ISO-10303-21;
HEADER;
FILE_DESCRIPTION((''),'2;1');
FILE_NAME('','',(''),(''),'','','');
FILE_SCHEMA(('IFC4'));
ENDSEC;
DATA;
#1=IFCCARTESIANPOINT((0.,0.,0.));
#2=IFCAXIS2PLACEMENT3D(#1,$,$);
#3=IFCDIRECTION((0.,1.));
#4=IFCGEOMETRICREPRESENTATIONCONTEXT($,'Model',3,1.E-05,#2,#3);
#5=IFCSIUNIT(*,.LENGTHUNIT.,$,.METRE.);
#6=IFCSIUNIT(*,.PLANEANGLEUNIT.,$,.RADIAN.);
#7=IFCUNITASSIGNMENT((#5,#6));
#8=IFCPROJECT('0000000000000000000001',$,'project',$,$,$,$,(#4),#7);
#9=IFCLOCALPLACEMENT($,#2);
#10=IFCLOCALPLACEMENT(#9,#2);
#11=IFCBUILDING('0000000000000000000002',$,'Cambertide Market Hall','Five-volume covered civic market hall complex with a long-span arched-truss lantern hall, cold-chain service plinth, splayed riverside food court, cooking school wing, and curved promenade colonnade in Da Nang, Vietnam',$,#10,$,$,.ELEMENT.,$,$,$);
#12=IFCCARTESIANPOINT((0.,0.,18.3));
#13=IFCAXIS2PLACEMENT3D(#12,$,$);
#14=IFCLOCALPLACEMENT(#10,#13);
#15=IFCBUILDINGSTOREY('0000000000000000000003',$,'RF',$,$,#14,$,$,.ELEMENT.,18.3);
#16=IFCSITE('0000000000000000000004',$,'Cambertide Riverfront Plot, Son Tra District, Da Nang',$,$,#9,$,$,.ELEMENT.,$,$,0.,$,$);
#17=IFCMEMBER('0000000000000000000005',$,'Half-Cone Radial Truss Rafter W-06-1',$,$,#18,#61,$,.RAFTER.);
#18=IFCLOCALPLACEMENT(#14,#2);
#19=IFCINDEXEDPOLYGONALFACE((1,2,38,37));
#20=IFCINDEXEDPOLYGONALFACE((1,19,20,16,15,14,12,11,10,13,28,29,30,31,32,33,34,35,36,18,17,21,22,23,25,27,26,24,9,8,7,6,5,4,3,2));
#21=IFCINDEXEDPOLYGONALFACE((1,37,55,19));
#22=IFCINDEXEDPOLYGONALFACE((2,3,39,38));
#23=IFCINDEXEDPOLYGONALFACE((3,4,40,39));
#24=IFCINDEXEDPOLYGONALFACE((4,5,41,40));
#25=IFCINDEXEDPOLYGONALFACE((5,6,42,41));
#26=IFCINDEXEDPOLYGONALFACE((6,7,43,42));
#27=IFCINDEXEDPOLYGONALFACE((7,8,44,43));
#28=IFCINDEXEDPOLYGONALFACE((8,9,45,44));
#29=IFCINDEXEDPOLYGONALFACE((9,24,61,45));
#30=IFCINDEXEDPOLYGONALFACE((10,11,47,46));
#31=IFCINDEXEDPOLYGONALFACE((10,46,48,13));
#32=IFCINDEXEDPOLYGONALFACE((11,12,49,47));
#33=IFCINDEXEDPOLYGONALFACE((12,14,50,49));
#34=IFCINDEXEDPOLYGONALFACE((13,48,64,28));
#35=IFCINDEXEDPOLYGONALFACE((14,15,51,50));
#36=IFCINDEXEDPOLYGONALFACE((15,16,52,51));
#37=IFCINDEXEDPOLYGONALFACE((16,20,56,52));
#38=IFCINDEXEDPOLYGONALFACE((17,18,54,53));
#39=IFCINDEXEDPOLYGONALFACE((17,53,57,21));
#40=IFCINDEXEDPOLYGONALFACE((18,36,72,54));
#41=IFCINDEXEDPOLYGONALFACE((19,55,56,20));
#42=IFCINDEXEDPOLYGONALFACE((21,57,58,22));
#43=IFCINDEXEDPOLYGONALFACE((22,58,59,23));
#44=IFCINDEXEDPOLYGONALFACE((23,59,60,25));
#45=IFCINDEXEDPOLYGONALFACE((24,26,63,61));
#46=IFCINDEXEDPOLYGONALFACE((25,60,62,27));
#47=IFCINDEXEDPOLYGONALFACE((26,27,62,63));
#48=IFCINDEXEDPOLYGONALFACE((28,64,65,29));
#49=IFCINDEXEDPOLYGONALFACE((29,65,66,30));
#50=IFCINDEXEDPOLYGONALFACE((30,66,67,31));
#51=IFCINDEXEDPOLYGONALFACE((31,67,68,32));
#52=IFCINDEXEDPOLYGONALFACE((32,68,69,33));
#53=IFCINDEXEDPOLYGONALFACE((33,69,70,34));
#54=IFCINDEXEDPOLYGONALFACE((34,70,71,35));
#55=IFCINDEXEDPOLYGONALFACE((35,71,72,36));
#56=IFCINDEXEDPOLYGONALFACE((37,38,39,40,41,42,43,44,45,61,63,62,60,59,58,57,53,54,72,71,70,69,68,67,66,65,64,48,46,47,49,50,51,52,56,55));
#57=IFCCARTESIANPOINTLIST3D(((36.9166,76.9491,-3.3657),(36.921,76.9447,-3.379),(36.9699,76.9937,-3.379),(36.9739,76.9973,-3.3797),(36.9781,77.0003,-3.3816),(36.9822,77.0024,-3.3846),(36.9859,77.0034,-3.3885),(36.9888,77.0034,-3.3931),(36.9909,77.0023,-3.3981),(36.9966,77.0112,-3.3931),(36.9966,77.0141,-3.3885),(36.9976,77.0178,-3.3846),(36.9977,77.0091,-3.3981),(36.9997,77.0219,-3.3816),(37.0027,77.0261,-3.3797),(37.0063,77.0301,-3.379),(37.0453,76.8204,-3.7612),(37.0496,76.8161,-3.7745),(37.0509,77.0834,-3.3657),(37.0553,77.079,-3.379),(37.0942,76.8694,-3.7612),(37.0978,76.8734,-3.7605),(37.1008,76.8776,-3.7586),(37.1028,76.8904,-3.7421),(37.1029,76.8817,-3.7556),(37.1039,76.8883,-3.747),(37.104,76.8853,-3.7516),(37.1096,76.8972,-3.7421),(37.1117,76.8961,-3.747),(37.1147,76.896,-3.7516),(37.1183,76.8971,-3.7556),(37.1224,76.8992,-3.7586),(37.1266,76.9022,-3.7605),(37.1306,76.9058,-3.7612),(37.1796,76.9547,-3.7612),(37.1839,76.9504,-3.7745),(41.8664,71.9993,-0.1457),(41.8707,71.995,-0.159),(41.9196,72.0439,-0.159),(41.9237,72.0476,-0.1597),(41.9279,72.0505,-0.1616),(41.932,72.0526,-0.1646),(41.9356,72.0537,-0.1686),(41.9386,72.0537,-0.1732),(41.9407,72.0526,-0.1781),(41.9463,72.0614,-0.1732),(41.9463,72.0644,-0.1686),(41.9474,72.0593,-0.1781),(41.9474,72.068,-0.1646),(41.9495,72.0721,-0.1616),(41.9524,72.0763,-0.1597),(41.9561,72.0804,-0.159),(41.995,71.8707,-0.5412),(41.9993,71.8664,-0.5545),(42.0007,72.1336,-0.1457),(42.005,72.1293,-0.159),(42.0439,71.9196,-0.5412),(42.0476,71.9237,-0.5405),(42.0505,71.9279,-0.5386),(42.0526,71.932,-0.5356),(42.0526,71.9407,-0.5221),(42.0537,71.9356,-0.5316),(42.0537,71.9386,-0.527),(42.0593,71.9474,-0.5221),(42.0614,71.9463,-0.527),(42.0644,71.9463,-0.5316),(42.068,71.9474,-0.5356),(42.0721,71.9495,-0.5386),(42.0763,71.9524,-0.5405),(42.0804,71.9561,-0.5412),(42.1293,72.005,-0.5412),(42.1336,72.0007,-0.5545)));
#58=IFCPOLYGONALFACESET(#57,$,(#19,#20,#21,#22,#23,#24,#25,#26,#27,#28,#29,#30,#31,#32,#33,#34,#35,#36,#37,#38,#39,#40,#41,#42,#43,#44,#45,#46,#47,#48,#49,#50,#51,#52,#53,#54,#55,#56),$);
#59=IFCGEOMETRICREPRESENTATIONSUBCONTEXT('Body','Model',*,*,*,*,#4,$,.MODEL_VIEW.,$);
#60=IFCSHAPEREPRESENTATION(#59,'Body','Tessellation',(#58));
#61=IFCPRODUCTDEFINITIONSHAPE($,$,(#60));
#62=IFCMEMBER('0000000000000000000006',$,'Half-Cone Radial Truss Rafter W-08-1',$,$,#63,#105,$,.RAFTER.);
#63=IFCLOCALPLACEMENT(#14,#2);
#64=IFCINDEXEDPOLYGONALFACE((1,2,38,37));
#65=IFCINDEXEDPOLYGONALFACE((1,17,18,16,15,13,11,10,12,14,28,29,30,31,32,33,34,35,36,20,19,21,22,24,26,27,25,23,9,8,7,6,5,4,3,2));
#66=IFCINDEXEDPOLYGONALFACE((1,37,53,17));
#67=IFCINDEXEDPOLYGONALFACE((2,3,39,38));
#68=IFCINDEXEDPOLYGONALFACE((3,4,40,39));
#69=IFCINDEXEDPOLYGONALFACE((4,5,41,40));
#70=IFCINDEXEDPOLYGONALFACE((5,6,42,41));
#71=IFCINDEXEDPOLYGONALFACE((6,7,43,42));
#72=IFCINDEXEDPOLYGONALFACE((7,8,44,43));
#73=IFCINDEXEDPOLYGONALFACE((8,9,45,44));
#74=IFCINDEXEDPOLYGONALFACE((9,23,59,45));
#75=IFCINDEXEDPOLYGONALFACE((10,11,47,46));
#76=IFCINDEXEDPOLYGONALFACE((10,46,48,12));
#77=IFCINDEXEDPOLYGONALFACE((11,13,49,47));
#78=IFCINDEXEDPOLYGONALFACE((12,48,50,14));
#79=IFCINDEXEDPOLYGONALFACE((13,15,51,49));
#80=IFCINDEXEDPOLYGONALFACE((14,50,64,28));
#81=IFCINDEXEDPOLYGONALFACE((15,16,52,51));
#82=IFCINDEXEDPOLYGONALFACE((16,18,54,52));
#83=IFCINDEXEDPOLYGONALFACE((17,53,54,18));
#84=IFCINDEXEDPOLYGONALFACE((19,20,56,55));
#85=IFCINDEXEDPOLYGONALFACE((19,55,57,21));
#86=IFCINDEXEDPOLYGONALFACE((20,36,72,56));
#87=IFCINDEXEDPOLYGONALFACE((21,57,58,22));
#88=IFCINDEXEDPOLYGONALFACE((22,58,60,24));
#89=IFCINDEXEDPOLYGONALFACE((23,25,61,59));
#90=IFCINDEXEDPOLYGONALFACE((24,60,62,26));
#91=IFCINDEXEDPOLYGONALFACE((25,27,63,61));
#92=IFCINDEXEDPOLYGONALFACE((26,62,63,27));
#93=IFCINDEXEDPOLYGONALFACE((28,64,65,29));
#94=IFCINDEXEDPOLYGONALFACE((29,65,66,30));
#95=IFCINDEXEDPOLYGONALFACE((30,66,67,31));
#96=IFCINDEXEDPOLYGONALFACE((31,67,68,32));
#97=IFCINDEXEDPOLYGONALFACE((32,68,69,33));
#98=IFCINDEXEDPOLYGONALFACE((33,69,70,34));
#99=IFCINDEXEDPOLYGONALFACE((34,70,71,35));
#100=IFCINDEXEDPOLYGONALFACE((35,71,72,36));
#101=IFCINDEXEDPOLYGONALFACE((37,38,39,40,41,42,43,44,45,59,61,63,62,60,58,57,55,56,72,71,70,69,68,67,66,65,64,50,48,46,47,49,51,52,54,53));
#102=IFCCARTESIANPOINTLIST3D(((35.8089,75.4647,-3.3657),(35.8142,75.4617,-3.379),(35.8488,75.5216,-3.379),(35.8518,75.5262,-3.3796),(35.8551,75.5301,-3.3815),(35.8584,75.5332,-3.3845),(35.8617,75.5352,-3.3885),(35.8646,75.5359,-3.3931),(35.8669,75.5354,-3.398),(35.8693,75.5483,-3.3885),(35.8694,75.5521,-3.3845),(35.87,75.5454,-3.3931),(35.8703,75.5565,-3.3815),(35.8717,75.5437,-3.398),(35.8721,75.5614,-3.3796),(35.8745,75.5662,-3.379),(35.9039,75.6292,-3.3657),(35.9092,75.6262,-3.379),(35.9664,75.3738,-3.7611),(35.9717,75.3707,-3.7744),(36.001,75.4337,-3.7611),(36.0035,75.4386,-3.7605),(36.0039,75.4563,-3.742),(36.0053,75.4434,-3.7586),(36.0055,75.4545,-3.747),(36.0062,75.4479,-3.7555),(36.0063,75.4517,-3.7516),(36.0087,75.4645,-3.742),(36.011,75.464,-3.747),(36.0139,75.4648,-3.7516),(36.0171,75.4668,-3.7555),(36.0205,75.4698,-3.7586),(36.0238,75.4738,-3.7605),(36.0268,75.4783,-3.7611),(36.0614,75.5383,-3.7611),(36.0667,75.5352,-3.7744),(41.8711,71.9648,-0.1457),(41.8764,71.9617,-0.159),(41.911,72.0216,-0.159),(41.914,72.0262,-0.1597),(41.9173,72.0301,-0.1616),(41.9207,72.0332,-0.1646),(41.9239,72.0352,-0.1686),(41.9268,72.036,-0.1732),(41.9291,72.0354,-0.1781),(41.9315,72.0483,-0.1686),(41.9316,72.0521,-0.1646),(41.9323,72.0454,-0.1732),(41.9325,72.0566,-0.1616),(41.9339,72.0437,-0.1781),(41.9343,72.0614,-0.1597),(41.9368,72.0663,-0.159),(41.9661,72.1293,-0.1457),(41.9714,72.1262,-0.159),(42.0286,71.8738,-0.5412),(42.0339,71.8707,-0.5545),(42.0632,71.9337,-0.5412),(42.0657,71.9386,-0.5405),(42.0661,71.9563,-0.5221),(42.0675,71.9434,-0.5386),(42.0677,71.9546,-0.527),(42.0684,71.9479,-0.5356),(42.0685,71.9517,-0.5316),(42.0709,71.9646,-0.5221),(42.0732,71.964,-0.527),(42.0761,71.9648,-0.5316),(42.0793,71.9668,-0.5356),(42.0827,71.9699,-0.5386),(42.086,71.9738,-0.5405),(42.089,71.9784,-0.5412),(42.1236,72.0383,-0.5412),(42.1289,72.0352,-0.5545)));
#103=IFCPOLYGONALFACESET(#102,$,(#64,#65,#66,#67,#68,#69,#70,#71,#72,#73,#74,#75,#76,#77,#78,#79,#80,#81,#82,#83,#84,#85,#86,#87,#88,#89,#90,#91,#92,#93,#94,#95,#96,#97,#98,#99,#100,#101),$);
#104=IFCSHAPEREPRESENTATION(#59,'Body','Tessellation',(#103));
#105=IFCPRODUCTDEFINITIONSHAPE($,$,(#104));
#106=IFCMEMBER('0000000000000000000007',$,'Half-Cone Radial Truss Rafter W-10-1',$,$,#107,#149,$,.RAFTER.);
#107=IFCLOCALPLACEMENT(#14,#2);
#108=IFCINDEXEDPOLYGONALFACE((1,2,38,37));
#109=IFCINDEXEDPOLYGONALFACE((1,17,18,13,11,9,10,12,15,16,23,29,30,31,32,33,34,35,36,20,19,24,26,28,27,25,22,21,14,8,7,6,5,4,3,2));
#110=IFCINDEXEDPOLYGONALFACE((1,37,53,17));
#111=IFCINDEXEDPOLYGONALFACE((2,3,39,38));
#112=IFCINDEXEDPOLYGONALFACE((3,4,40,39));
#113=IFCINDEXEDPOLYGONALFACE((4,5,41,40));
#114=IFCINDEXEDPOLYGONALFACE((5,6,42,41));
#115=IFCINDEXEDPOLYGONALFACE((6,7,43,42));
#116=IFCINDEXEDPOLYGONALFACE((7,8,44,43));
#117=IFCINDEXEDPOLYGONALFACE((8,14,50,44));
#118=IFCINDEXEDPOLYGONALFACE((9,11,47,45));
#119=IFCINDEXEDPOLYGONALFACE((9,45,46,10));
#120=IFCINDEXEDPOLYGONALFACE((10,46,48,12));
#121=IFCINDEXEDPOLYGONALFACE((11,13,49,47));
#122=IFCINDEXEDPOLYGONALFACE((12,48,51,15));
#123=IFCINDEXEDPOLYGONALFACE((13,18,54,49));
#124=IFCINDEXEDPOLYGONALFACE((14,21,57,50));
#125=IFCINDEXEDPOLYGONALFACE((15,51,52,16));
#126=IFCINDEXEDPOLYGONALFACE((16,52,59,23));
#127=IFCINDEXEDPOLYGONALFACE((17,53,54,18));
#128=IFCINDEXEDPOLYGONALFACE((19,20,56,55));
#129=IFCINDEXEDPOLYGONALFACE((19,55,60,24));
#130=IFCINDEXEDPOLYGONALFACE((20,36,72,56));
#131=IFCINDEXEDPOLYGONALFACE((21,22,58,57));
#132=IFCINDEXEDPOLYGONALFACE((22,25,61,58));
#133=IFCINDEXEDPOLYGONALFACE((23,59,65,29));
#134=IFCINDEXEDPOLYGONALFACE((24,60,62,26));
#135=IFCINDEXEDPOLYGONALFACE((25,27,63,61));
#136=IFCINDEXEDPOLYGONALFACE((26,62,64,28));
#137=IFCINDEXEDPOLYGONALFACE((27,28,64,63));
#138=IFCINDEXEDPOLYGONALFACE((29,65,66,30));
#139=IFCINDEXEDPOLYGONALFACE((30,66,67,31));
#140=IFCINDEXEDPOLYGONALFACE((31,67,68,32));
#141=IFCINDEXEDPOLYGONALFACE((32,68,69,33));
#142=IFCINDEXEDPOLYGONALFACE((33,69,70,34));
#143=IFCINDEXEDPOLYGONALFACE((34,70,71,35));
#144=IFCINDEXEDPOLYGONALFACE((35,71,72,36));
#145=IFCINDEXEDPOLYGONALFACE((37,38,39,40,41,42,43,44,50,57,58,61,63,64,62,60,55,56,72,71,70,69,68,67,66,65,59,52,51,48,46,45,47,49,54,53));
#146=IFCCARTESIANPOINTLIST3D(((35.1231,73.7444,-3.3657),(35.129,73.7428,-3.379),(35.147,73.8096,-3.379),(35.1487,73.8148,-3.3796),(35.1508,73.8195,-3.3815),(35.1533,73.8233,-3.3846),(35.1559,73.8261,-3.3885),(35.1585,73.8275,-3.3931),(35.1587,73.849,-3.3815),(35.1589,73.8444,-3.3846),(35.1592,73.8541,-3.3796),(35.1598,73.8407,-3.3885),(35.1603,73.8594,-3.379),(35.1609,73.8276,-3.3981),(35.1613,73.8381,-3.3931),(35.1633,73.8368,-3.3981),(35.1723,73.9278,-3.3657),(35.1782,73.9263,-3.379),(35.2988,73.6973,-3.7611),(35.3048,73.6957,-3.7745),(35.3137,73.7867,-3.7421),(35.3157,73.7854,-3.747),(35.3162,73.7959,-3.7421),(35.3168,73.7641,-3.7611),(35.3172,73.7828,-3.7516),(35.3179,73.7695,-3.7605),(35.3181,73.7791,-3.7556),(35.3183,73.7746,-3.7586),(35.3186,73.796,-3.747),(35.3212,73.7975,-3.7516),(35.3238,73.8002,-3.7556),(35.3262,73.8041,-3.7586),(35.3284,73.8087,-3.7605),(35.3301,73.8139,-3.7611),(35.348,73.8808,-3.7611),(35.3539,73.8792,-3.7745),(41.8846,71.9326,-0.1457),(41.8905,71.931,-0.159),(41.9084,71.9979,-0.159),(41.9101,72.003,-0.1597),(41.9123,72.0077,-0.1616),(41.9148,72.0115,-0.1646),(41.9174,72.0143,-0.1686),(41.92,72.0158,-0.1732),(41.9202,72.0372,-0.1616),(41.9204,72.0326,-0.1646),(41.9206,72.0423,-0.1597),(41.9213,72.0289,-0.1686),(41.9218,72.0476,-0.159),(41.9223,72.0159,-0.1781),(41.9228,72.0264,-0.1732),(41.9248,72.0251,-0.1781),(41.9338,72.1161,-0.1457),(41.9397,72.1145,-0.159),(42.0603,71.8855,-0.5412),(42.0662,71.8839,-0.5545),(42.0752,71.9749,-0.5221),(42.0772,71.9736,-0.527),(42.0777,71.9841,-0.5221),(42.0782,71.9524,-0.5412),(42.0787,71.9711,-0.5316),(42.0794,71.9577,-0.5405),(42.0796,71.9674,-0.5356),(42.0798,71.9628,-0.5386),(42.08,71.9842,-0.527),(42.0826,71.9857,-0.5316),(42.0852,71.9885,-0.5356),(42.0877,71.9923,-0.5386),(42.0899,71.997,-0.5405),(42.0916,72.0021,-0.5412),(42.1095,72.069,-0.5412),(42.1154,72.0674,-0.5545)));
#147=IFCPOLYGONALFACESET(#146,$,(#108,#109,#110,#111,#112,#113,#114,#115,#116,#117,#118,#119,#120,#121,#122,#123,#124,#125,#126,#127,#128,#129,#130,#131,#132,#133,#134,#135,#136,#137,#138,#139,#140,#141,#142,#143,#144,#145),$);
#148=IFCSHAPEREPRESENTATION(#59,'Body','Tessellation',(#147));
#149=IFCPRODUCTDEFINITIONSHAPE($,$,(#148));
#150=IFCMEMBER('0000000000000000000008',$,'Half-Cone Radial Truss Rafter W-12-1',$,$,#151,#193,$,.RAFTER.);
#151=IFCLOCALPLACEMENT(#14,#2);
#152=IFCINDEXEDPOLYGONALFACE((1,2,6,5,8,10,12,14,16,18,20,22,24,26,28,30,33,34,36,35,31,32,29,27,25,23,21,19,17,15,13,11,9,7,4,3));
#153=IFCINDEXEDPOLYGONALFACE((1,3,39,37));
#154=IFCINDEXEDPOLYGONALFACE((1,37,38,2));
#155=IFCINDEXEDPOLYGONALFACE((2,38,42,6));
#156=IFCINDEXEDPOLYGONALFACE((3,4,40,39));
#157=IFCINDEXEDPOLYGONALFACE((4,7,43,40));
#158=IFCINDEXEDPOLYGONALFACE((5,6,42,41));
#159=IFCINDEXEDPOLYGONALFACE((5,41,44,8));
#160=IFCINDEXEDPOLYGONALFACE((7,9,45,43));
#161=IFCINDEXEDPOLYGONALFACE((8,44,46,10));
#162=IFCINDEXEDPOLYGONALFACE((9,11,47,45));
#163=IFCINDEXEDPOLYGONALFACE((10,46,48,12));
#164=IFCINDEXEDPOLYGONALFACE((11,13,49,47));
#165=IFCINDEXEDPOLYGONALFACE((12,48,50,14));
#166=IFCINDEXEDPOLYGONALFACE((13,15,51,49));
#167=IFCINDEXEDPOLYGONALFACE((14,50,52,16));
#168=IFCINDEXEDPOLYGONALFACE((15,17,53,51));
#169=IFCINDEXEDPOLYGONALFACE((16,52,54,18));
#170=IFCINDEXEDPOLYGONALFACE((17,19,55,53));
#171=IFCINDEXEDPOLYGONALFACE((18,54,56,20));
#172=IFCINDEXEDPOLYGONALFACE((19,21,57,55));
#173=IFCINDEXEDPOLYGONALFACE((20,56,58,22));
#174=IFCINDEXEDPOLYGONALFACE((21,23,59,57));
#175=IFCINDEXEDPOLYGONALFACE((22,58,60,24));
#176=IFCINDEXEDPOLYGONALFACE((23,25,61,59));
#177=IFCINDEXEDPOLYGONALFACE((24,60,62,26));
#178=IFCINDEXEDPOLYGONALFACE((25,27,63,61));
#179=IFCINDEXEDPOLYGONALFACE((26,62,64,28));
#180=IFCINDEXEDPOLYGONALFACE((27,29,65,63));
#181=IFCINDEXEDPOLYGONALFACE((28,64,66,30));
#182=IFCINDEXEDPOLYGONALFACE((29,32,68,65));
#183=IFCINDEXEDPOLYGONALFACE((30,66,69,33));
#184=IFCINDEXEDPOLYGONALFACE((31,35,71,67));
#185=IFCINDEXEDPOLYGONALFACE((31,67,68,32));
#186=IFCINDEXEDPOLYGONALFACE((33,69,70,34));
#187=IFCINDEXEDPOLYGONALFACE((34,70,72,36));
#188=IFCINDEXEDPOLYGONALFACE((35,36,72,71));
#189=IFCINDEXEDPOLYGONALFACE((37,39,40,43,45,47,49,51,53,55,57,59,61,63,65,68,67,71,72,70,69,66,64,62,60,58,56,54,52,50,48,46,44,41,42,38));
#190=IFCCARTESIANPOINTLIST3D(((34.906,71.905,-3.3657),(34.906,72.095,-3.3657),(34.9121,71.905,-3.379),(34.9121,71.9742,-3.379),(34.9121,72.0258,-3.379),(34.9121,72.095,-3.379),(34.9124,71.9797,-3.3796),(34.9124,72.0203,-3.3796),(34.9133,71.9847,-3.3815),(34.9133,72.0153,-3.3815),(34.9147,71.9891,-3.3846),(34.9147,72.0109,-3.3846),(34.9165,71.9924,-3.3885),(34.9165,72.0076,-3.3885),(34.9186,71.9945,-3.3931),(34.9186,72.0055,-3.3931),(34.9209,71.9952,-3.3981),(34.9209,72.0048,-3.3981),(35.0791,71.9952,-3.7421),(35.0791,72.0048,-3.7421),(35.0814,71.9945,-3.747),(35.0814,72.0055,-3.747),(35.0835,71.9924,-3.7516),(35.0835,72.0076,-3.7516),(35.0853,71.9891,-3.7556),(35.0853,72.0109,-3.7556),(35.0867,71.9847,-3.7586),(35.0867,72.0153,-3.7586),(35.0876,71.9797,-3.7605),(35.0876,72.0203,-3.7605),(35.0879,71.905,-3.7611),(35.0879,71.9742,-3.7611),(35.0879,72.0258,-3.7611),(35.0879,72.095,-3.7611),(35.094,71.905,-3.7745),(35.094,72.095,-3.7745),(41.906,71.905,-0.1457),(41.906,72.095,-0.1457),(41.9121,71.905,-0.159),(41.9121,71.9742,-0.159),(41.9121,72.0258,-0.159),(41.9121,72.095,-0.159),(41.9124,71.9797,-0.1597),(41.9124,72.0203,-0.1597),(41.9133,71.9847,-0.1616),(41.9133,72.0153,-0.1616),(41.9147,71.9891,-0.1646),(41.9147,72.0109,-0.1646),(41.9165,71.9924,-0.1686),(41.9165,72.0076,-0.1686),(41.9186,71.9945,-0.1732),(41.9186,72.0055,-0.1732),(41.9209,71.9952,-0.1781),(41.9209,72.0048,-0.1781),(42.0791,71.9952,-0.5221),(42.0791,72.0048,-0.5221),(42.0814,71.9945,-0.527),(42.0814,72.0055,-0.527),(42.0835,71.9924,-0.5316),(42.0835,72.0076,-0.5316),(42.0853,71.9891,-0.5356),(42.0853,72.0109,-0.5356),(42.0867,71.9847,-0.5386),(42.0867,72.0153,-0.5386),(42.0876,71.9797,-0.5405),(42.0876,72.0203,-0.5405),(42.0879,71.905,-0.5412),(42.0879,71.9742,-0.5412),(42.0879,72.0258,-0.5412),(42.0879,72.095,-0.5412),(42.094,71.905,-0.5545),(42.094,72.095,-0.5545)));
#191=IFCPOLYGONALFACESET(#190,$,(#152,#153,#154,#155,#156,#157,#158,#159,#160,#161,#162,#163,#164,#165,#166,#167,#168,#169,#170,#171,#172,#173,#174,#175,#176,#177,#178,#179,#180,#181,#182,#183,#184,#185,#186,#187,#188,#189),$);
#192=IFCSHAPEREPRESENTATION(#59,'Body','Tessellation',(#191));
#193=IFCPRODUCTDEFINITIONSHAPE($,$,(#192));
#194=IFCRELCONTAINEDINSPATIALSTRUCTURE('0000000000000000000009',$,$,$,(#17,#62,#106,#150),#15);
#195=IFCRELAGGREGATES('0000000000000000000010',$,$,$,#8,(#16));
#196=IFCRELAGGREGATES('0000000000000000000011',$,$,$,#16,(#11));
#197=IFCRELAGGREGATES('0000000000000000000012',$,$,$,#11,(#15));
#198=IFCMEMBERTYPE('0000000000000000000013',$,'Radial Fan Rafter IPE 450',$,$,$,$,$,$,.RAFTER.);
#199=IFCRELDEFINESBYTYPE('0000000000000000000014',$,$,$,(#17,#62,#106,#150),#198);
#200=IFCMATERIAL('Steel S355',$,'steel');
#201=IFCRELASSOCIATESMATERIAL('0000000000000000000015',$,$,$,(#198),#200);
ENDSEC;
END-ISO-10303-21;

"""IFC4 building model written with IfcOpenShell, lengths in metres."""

from ifc_helpers import new_model, si_unit, direction, frame, origin, origin_2d, place, context, subcontext, project, spatial, i_section, extrude, material, material_profile, profile_set, type_object, element, save


model = new_model("IFC4")

# Units and contexts
model_context = context("Model", 3, precision=1e-05, world=origin(), true_north=direction((0.0, 1.0)))
body_context = subcontext(model_context, "Body", "Model", "MODEL_VIEW")
ifc_project = project(units=[si_unit("LENGTHUNIT", "METRE"), si_unit("PLANEANGLEUNIT", "RADIAN")], contexts=[model_context])

# Site, building, storey
site_placement = place(None, origin())
site = spatial("IfcSite", under=ifc_project, at=site_placement, Name="Cambertide Riverfront Plot, Son Tra District, Da Nang", CompositionType="ELEMENT", RefElevation=0.0)
building_placement = place(site_placement, origin())
building = spatial("IfcBuilding", under=site, at=building_placement, Name="Cambertide Market Hall", Description="Five-volume covered civic market hall complex with a long-span arched-truss lantern hall, cold-chain service plinth, splayed riverside food court, cooking school wing, and curved promenade colonnade in Da Nang, Vietnam", CompositionType="ELEMENT")
storey_placement = place(building_placement, frame((0.0, 0.0, 18.3)))
storey = spatial("IfcBuildingStorey", under=building, at=storey_placement, Name="RF", CompositionType="ELEMENT", Elevation=18.3)

# Members
ifc_material_1 = material(Name="Steel S355", Category="steel")
ifc_material_profile_1 = material_profile(ifc_material_1, i_section(OverallWidth=0.1899, OverallDepth=0.45, WebThickness=0.0095, FlangeThickness=0.0146, FilletRadius=0.021, at=origin_2d()), Name="IPE 450")
ifc_profile_set_1 = profile_set([ifc_material_profile_1], Name="Steel S355")
member_type_1 = type_object("IfcMemberType", Name="Radial Fan Rafter IPE 450", PredefinedType="RAFTER", material=ifc_profile_set_1)
for number, where, z_axis, x_axis, name in (
    (1, (42.0, 72.0, -0.3501), (-0.6424, 0.6424, -0.417905), (-0.707107, -0.707107, 0.0), "Half-Cone Radial Truss Rafter W-06-1"),
    (2, (42.0, 72.0, -0.3501), (-0.786781, 0.454242, -0.417899), (-0.499995, -0.866028, 0.0), "Half-Cone Radial Truss Rafter W-08-1"),
    (3, (42.0, 72.0, -0.3501), (-0.877535, 0.235139, -0.417902), (-0.258824, -0.965925, 0.0), "Half-Cone Radial Truss Rafter W-10-1"),
    (4, (42.0, 72.0, -0.3501), (-0.908492, 0.0, -0.417902), (0.0, -1.0, 0.0), "Half-Cone Radial Truss Rafter W-12-1"),
):
    element("IfcMember", number, at=place(storey_placement, frame(where, z_axis=z_axis, x_axis=x_axis)), inside=storey, type_object=member_type_1, Name=name, PredefinedType="RAFTER", context=body_context, shape_type="SweptSolid", body=[
        extrude(i_section(OverallWidth=0.1899, OverallDepth=0.45, WebThickness=0.0095, FlangeThickness=0.0146, FilletRadius=0.021, at=origin_2d()), origin(), (0.0, 0.0, 1.0), 7.7051),
    ])

save(model, "model.ifc")
